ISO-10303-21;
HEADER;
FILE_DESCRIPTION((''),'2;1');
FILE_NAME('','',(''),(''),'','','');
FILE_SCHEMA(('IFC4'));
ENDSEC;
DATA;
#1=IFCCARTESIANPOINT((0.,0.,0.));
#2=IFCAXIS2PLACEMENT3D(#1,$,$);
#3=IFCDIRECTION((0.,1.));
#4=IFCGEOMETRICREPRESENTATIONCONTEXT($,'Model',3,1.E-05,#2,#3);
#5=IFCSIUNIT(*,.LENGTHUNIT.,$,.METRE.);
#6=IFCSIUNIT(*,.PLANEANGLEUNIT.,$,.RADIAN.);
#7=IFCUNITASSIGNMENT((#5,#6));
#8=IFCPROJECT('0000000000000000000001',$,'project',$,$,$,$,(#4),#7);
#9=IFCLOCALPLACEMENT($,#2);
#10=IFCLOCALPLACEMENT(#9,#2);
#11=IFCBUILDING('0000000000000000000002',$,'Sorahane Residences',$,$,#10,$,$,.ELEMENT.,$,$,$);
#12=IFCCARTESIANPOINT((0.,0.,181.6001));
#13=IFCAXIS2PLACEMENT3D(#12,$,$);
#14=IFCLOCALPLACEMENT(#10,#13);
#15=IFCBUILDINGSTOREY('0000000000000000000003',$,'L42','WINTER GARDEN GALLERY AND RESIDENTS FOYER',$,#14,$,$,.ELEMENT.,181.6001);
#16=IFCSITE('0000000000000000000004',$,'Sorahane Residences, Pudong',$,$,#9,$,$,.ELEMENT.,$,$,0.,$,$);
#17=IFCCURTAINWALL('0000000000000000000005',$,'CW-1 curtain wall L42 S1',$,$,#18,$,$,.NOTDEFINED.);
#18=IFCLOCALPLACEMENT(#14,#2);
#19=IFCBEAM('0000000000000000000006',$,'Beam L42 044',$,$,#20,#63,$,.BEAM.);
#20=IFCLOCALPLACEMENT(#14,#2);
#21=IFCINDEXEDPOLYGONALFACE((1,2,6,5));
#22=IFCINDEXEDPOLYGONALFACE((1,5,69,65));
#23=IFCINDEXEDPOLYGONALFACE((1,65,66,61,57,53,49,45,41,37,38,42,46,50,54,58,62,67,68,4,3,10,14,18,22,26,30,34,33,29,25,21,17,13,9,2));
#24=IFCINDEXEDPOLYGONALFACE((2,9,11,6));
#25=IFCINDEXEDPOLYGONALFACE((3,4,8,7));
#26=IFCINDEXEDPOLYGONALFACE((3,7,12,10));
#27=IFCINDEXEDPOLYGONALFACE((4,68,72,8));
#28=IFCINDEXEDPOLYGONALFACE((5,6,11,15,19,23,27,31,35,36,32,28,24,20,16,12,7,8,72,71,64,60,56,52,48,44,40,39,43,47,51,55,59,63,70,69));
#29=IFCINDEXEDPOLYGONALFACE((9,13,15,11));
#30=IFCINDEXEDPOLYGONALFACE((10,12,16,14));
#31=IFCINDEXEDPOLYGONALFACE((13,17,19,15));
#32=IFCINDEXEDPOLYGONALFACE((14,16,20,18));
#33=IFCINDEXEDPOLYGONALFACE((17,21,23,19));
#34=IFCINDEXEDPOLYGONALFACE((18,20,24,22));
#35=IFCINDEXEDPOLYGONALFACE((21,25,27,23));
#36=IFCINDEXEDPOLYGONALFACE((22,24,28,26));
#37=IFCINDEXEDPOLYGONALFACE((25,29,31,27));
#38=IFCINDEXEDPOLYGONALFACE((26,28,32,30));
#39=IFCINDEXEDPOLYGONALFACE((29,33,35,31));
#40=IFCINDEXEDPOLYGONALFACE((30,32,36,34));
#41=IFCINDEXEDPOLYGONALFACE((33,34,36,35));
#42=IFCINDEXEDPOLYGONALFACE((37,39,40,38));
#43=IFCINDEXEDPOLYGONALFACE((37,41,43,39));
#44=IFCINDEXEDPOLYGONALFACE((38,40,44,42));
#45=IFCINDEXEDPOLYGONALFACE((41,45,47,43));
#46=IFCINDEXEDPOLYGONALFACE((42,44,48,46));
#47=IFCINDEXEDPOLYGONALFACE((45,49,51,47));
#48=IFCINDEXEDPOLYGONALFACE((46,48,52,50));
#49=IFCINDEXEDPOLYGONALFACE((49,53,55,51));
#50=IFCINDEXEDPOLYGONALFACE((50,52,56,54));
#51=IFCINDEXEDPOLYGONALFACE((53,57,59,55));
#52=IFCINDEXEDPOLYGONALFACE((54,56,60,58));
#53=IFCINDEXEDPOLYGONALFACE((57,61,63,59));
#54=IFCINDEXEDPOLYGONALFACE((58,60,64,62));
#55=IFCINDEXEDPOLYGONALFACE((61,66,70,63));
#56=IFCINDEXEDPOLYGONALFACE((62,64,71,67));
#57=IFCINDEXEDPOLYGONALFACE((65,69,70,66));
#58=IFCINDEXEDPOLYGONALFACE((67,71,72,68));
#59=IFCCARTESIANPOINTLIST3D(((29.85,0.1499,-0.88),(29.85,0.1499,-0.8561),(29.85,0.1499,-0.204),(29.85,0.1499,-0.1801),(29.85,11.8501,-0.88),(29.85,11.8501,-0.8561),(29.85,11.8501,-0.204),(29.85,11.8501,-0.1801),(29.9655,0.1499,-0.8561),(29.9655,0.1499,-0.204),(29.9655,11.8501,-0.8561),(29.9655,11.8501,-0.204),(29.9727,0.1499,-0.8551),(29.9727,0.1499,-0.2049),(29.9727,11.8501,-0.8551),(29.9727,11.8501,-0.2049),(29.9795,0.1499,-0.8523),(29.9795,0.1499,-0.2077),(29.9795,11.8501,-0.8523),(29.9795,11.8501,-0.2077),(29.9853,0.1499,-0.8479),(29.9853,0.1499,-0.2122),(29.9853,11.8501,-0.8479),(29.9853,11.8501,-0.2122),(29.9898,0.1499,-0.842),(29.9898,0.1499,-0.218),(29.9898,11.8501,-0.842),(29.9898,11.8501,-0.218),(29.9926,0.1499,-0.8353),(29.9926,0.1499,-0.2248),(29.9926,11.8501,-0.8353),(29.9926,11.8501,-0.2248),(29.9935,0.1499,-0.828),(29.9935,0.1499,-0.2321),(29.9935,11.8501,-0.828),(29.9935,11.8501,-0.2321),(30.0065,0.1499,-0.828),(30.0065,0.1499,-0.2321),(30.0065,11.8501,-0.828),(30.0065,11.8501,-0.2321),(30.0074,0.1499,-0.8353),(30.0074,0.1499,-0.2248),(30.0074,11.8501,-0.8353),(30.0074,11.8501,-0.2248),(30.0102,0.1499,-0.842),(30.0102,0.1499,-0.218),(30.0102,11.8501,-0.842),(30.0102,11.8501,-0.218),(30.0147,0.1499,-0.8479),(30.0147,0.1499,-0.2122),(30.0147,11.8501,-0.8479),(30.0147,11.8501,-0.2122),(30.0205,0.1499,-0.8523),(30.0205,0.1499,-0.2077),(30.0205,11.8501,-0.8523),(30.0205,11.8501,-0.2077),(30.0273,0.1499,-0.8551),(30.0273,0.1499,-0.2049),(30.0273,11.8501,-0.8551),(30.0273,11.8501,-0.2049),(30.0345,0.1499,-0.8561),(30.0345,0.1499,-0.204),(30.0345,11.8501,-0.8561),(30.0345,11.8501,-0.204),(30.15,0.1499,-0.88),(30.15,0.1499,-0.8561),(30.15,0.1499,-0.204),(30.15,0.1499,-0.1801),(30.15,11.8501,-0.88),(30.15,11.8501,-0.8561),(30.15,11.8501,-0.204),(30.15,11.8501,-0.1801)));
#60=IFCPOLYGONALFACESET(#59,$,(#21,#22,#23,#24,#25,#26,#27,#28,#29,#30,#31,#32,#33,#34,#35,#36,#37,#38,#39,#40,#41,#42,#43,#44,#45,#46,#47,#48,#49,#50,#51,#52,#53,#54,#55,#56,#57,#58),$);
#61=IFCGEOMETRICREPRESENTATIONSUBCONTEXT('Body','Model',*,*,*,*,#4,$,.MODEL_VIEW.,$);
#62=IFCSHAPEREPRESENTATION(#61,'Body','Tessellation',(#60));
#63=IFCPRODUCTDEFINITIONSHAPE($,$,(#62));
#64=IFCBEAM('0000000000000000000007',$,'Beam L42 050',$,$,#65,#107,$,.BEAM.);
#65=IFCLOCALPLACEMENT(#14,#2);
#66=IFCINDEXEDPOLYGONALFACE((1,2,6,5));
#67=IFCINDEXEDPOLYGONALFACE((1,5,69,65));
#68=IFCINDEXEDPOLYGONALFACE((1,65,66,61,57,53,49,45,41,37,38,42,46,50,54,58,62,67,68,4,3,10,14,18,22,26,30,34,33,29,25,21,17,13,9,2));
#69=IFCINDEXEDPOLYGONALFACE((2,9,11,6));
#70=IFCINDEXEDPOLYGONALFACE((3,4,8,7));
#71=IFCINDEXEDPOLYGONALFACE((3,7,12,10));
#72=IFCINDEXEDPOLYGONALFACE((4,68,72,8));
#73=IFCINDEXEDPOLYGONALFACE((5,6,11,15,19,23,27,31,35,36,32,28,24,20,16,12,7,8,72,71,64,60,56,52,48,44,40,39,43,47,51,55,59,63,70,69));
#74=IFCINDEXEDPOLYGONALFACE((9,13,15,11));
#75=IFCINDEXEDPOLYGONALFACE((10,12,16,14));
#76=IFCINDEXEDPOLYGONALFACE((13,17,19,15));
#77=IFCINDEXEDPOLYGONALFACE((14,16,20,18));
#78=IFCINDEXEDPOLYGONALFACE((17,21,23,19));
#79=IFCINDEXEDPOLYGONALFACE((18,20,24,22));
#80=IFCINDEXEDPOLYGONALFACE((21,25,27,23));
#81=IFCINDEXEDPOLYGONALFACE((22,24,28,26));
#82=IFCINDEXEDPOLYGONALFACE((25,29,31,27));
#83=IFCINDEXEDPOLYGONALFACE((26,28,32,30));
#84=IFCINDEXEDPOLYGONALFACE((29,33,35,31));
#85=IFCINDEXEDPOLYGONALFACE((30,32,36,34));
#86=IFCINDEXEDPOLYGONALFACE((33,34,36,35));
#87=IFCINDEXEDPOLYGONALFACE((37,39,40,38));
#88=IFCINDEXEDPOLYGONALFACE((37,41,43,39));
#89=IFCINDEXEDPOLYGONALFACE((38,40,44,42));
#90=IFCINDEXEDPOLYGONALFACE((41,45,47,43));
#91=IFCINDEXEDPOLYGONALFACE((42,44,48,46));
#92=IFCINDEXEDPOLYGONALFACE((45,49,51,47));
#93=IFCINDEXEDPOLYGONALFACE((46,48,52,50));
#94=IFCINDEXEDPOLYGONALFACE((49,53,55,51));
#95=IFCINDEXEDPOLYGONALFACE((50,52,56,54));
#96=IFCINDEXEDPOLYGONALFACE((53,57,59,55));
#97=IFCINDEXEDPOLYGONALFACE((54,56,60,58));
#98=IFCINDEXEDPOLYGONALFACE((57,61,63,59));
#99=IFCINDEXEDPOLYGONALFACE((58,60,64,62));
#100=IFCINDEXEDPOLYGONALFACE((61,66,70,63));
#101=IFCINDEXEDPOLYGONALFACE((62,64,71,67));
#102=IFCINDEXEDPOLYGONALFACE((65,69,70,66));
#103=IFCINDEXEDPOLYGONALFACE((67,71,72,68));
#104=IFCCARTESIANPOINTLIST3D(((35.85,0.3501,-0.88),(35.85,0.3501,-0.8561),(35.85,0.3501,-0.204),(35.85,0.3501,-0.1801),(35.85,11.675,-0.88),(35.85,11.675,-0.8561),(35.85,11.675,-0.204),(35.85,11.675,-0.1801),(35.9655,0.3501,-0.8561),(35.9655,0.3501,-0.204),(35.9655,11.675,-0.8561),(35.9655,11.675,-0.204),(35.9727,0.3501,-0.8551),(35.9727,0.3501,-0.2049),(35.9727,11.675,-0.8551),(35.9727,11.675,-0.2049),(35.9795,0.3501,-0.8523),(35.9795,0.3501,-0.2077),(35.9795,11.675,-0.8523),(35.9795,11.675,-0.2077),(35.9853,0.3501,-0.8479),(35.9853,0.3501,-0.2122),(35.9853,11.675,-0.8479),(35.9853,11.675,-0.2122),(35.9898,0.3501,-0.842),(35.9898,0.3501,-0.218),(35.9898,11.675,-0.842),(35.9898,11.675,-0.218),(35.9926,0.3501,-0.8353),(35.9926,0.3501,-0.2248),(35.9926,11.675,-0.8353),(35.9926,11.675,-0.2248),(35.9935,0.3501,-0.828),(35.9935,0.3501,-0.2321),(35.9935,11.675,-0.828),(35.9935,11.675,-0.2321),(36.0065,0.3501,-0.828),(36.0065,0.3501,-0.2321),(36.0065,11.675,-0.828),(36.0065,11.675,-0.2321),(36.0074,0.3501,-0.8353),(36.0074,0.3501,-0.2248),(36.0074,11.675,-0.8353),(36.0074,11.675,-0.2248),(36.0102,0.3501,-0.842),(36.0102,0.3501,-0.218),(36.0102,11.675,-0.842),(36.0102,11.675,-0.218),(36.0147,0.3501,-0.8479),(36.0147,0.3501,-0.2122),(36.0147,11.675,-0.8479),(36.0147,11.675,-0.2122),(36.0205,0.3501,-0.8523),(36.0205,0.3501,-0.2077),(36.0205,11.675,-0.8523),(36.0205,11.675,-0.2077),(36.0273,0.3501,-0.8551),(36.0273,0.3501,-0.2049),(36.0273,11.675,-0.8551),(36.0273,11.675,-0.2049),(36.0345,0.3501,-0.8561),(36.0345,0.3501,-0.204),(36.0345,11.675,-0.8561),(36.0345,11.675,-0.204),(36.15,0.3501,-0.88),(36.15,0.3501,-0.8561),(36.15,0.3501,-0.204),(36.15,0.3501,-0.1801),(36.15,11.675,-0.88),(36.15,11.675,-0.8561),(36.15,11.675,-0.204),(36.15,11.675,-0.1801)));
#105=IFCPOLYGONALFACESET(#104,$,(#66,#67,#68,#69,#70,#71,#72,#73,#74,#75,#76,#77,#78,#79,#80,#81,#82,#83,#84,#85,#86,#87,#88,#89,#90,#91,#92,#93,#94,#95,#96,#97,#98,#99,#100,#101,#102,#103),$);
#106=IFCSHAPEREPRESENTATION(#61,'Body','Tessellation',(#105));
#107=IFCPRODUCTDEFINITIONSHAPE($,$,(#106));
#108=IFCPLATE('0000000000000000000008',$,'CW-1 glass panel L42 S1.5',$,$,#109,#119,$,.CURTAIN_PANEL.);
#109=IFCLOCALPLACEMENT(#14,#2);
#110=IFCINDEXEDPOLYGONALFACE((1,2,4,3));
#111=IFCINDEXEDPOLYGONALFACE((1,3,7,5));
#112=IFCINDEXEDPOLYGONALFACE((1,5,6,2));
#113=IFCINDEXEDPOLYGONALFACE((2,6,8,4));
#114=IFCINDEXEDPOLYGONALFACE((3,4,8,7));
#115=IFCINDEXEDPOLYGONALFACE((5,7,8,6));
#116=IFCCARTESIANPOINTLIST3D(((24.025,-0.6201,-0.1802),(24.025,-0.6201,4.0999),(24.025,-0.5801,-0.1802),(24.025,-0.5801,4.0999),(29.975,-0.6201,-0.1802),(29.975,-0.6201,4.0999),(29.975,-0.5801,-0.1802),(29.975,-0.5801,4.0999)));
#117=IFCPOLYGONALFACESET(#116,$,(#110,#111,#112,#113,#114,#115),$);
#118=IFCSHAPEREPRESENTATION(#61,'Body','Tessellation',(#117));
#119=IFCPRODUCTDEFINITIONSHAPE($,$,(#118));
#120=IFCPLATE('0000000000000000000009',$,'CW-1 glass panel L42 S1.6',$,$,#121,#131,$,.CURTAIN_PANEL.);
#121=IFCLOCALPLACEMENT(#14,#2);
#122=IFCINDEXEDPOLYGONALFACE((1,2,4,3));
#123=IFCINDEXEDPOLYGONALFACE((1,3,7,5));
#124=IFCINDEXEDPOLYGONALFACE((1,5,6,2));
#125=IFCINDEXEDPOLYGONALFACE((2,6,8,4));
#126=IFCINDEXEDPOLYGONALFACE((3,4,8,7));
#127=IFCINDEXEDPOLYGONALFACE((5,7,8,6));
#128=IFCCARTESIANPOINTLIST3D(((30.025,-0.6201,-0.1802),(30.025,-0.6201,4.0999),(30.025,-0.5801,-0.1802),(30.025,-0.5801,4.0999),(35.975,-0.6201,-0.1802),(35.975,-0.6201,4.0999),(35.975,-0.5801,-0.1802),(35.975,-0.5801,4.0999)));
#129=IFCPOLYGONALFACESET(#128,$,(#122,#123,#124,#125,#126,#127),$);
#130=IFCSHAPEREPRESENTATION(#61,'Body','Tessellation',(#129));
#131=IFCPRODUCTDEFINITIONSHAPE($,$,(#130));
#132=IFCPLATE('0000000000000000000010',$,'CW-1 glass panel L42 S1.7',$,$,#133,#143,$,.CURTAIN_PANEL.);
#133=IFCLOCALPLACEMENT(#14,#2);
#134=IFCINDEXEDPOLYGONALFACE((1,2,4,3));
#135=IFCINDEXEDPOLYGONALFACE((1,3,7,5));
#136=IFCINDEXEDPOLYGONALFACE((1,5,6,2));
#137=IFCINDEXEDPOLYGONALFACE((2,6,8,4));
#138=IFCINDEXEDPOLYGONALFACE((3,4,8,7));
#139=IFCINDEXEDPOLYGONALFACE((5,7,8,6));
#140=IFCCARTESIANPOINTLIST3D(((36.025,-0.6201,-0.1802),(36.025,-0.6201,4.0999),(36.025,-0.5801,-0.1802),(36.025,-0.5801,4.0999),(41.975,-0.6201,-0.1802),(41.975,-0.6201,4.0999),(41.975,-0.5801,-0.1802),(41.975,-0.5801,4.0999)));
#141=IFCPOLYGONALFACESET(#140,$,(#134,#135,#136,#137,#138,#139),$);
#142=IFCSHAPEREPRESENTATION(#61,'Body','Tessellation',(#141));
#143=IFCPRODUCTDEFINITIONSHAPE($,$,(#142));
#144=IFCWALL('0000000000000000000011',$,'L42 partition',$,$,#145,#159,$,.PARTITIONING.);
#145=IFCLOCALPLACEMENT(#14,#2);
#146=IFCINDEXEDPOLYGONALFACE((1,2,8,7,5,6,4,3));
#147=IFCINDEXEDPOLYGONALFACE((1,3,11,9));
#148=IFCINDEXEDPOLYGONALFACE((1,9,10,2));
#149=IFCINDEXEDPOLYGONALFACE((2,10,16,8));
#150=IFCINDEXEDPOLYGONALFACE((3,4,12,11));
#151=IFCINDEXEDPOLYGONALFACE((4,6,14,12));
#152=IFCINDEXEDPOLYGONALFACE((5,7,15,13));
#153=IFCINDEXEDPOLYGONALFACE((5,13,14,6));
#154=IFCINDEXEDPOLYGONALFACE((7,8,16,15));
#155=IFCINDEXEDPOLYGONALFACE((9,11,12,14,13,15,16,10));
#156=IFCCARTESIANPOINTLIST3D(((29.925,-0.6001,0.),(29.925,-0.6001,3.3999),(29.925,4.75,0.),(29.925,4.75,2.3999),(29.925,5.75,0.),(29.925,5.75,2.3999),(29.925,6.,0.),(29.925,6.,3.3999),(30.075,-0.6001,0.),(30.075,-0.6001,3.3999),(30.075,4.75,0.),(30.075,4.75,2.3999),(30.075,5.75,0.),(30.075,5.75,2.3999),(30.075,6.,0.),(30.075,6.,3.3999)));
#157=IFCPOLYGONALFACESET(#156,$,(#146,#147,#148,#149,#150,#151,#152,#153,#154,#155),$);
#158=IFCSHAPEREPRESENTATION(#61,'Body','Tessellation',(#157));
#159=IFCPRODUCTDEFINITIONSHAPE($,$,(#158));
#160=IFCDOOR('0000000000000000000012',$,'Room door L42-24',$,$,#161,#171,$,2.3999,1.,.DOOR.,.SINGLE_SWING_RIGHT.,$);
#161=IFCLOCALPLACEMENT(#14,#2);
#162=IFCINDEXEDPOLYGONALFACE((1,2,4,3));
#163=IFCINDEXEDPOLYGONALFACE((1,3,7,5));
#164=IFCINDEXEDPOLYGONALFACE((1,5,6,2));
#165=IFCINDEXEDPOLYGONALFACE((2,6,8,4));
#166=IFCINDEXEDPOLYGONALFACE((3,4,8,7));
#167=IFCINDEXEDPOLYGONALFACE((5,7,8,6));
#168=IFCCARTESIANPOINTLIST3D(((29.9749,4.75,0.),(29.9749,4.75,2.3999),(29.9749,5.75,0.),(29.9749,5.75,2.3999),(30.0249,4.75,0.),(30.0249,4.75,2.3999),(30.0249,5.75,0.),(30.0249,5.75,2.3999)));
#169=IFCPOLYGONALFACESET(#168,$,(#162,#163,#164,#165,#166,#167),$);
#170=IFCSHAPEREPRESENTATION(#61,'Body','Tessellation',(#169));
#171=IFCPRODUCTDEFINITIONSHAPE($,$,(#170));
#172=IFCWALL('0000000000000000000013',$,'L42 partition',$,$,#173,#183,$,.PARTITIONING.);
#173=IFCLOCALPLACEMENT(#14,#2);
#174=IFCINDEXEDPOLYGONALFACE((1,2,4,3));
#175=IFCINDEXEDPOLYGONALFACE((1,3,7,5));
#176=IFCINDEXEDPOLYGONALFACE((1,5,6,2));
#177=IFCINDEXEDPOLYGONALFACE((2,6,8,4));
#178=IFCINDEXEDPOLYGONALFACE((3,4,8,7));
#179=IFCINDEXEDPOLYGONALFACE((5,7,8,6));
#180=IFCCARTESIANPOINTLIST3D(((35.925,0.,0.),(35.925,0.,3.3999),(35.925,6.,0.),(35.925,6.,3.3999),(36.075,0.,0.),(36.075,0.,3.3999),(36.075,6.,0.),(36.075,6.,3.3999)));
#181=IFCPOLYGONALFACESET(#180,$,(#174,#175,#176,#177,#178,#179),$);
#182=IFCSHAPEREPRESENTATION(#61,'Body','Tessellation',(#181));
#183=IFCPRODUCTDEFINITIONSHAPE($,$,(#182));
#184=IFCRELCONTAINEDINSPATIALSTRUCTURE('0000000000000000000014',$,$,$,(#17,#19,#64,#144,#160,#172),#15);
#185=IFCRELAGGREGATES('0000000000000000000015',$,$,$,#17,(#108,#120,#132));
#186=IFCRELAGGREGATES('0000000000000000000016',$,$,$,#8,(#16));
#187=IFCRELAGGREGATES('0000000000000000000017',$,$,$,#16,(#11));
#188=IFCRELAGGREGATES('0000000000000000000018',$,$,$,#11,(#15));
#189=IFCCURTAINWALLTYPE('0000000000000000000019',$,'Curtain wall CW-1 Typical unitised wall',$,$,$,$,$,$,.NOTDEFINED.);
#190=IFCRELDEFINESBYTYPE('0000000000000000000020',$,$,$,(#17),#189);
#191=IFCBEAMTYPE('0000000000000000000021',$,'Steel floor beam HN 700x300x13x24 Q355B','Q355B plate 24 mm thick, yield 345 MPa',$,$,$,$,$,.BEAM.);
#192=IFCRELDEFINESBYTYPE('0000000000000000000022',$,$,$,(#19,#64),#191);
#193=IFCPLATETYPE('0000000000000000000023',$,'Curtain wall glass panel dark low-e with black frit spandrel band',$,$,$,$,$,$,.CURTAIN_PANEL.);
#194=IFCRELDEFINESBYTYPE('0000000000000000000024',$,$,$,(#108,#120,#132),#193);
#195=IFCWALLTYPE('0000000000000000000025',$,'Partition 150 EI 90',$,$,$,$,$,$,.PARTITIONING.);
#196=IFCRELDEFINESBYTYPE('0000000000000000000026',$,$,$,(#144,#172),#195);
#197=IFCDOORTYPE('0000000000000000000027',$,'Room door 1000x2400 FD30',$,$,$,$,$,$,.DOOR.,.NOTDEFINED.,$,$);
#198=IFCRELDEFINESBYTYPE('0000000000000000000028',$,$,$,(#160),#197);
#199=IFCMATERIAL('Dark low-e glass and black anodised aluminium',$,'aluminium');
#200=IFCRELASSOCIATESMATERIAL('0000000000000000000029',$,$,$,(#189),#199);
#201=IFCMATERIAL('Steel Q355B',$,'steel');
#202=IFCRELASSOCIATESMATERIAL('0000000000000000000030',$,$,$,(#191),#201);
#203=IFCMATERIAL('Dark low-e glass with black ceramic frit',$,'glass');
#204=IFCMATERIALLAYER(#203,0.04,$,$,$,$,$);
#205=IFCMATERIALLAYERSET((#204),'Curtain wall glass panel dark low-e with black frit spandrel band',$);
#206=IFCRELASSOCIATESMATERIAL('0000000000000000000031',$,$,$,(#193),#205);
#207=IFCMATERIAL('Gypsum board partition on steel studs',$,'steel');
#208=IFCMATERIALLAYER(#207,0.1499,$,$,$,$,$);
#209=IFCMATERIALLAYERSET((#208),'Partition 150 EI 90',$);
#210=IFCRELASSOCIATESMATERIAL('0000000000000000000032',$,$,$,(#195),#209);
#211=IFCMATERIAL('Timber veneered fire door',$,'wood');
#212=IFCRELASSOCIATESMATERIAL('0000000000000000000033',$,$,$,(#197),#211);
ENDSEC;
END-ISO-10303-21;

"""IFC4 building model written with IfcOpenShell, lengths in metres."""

from ifc_helpers import new_model, si_unit, direction, frame, frame_2d, origin, origin_2d, place, context, subcontext, project, spatial, rectangle, i_section, extrude, material, layer, layer_set, material_profile, profile_set, type_object, element, fill, aggregate, save


model = new_model("IFC4")

# Units and contexts
model_context = context("Model", 3, precision=1e-05, world=origin(), true_north=direction((0.0, 1.0)))
body_context = subcontext(model_context, "Body", "Model", "MODEL_VIEW")
ifc_project = project(units=[si_unit("LENGTHUNIT", "METRE"), si_unit("PLANEANGLEUNIT", "RADIAN")], contexts=[model_context])

# Site, building, storey
site_placement = place(None, origin())
site = spatial("IfcSite", under=ifc_project, at=site_placement, Name="Sorahane Residences, Pudong", CompositionType="ELEMENT", RefElevation=0.0)
building_placement = place(site_placement, origin())
building = spatial("IfcBuilding", under=site, at=building_placement, Name="Sorahane Residences", CompositionType="ELEMENT")
storey_placement = place(building_placement, frame((0.0, 0.0, 181.6001)))
storey = spatial("IfcBuildingStorey", under=building, at=storey_placement, Name="L42", Description="WINTER GARDEN GALLERY AND RESIDENTS FOYER", CompositionType="ELEMENT", Elevation=181.6001)

# Curtain wall
ifc_material_1 = material(Name="Dark low-e glass and black anodised aluminium", Category="aluminium")
curtain_wall_type = type_object("IfcCurtainWallType", Name="Curtain wall CW-1 Typical unitised wall", PredefinedType="NOTDEFINED", material=ifc_material_1)
curtain_wall_placement = place(storey_placement, origin())
curtain_wall = element("IfcCurtainWall", 1, at=curtain_wall_placement, inside=storey, type_object=curtain_wall_type, Name="CW-1 curtain wall L42 S1", PredefinedType="NOTDEFINED")

# Beams
ifc_material_2 = material(Name="Steel Q355B", Category="steel")
ifc_material_profile_1 = material_profile(ifc_material_2, i_section(OverallWidth=0.3, OverallDepth=0.7, WebThickness=0.0129, FlangeThickness=0.0239, FilletRadius=0.0281, at=origin_2d()), Name="HN 700x300x13x24")
ifc_profile_set_1 = profile_set([ifc_material_profile_1], Name="Steel Q355B")
beam_type_1 = type_object("IfcBeamType", Name="Steel floor beam HN 700x300x13x24 Q355B", Description="Q355B plate 24 mm thick, yield 345 MPa", PredefinedType="BEAM", material=ifc_profile_set_1)
beam_1_placement = place(storey_placement, frame((30.0, 0.1499, -0.53), z_axis=(0.0, 1.0, 0.0), x_axis=(-1.0, 0.0, 0.0)))
element("IfcBeam", 2, at=beam_1_placement, inside=storey, type_object=beam_type_1, Name="Beam L42 044", PredefinedType="BEAM", context=body_context, shape_type="SweptSolid", body=[
    extrude(i_section(OverallWidth=0.3, OverallDepth=0.7, WebThickness=0.0129, FlangeThickness=0.0239, FilletRadius=0.0281, at=origin_2d()), origin(), (0.0, 0.0, 1.0), 11.7002),
])
beam_2_placement = place(storey_placement, frame((36.0, 0.3501, -0.53), z_axis=(0.0, 1.0, 0.0), x_axis=(-1.0, 0.0, 0.0)))
element("IfcBeam", 3, at=beam_2_placement, inside=storey, type_object=beam_type_1, Name="Beam L42 050", PredefinedType="BEAM", context=body_context, shape_type="SweptSolid", body=[
    extrude(i_section(OverallWidth=0.3, OverallDepth=0.7, WebThickness=0.0129, FlangeThickness=0.0239, FilletRadius=0.0281, at=origin_2d()), origin(), (0.0, 0.0, 1.0), 11.325),
])

# Plates
ifc_material_3 = material(Name="Dark low-e glass with black ceramic frit", Category="glass")
ifc_layer_1 = layer(ifc_material_3, 0.04)
ifc_layer_set_1 = layer_set([ifc_layer_1], Name="Curtain wall glass panel dark low-e with black frit spandrel band")
plate_type = type_object("IfcPlateType", Name="Curtain wall glass panel dark low-e with black frit spandrel band", PredefinedType="CURTAIN_PANEL", material=ifc_layer_set_1)
plate_1_placement = place(storey_placement, frame((27.0, -0.6001, -0.1802), z_axis=(0.0, 0.0, 1.0), x_axis=(1.0, 0.0, 0.0)))
plate_1 = element("IfcPlate", 4, at=plate_1_placement, type_object=plate_type, Name="CW-1 glass panel L42 S1.5", PredefinedType="CURTAIN_PANEL", context=body_context, shape_type="SweptSolid", body=[
    extrude(rectangle(XDim=5.95, YDim=0.04, at=origin_2d()), origin(), (0.0, 0.0, 1.0), 4.28),
])
plate_2_placement = place(storey_placement, frame((33.0, -0.6001, -0.1802), z_axis=(0.0, 0.0, 1.0), x_axis=(1.0, 0.0, 0.0)))
plate_2 = element("IfcPlate", 5, at=plate_2_placement, type_object=plate_type, Name="CW-1 glass panel L42 S1.6", PredefinedType="CURTAIN_PANEL", context=body_context, shape_type="SweptSolid", body=[
    extrude(rectangle(XDim=5.95, YDim=0.04, at=origin_2d()), origin(), (0.0, 0.0, 1.0), 4.28),
])
plate_3_placement = place(storey_placement, frame((39.0, -0.6001, -0.1802), z_axis=(0.0, 0.0, 1.0), x_axis=(1.0, 0.0, 0.0)))
plate_3 = element("IfcPlate", 6, at=plate_3_placement, type_object=plate_type, Name="CW-1 glass panel L42 S1.7", PredefinedType="CURTAIN_PANEL", context=body_context, shape_type="SweptSolid", body=[
    extrude(rectangle(XDim=5.95, YDim=0.04, at=origin_2d()), origin(), (0.0, 0.0, 1.0), 4.28),
])
aggregate(curtain_wall, [plate_1, plate_2, plate_3])

# Wall, opening, door
ifc_material_4 = material(Name="Gypsum board partition on steel studs", Category="steel")
ifc_layer_2 = layer(ifc_material_4, 0.1499)
ifc_layer_set_2 = layer_set([ifc_layer_2], Name="Partition 150 EI 90")
wall_type_1 = type_object("IfcWallType", Name="Partition 150 EI 90", PredefinedType="PARTITIONING", material=ifc_layer_set_2)
wall_1_placement = place(storey_placement, frame((30.0, -0.6001, 0.0), z_axis=(0.0, 0.0, 1.0), x_axis=(0.0, 1.0, 0.0)))
wall_1 = element("IfcWall", 7, at=wall_1_placement, inside=storey, type_object=wall_type_1, Name="L42 partition", PredefinedType="PARTITIONING", context=body_context, shape_type="SweptSolid", body=[
    extrude(rectangle(XDim=6.6001, YDim=0.1499, at=frame_2d((3.3, 0.0))), origin(), (0.0, 0.0, 1.0), 3.3999),
])
opening_1_placement = place(wall_1_placement, frame((5.3501, 0.0, 0.0)))
opening_1 = element("IfcOpeningElement", 8, at=opening_1_placement, cuts=wall_1, PredefinedType="OPENING", context=body_context, shape_type="SweptSolid", body=[
    extrude(rectangle(XDim=1.0, YDim=2.3999, at=frame_2d((0.5, 1.2))), frame((0.0, 0.085, 0.0), z_axis=(0.0, -1.0, 0.0), x_axis=(1.0, 0.0, 0.0)), (0.0, 0.0, 1.0), 0.1699),
])
ifc_material_5 = material(Name="Timber veneered fire door", Category="wood")
door_type_1 = type_object("IfcDoorType", Name="Room door 1000x2400 FD30", OperationType="NOTDEFINED", PredefinedType="DOOR", material=ifc_material_5)
door_1_placement = place(opening_1_placement, frame((1.0, 0.0, 0.0), z_axis=(0.0, 0.0, 1.0), x_axis=(-1.0, 0.0, 0.0)))
door_1 = element("IfcDoor", 9, at=door_1_placement, inside=storey, type_object=door_type_1, Name="Room door L42-24", OperationType="SINGLE_SWING_RIGHT", OverallHeight=2.3999, OverallWidth=1.0, PredefinedType="DOOR", context=body_context, shape_type="SweptSolid", body=[
    extrude(rectangle(XDim=1.0, YDim=2.3999, at=frame_2d((0.5, 1.2))), frame((0.0, 0.0249, 0.0), z_axis=(0.0, -1.0, 0.0), x_axis=(1.0, 0.0, 0.0)), (0.0, 0.0, 1.0), 0.05),
])
fill(opening_1, door_1)

# Wall
wall_2_placement = place(storey_placement, frame((36.0, 0.0, 0.0), z_axis=(0.0, 0.0, 1.0), x_axis=(0.0, 1.0, 0.0)))
element("IfcWall", 10, at=wall_2_placement, inside=storey, type_object=wall_type_1, Name="L42 partition", PredefinedType="PARTITIONING", context=body_context, shape_type="SweptSolid", body=[
    extrude(rectangle(XDim=6.0, YDim=0.1499, at=frame_2d((3.0, 0.0))), origin(), (0.0, 0.0, 1.0), 3.3999),
])

save(model, "model.ifc")
